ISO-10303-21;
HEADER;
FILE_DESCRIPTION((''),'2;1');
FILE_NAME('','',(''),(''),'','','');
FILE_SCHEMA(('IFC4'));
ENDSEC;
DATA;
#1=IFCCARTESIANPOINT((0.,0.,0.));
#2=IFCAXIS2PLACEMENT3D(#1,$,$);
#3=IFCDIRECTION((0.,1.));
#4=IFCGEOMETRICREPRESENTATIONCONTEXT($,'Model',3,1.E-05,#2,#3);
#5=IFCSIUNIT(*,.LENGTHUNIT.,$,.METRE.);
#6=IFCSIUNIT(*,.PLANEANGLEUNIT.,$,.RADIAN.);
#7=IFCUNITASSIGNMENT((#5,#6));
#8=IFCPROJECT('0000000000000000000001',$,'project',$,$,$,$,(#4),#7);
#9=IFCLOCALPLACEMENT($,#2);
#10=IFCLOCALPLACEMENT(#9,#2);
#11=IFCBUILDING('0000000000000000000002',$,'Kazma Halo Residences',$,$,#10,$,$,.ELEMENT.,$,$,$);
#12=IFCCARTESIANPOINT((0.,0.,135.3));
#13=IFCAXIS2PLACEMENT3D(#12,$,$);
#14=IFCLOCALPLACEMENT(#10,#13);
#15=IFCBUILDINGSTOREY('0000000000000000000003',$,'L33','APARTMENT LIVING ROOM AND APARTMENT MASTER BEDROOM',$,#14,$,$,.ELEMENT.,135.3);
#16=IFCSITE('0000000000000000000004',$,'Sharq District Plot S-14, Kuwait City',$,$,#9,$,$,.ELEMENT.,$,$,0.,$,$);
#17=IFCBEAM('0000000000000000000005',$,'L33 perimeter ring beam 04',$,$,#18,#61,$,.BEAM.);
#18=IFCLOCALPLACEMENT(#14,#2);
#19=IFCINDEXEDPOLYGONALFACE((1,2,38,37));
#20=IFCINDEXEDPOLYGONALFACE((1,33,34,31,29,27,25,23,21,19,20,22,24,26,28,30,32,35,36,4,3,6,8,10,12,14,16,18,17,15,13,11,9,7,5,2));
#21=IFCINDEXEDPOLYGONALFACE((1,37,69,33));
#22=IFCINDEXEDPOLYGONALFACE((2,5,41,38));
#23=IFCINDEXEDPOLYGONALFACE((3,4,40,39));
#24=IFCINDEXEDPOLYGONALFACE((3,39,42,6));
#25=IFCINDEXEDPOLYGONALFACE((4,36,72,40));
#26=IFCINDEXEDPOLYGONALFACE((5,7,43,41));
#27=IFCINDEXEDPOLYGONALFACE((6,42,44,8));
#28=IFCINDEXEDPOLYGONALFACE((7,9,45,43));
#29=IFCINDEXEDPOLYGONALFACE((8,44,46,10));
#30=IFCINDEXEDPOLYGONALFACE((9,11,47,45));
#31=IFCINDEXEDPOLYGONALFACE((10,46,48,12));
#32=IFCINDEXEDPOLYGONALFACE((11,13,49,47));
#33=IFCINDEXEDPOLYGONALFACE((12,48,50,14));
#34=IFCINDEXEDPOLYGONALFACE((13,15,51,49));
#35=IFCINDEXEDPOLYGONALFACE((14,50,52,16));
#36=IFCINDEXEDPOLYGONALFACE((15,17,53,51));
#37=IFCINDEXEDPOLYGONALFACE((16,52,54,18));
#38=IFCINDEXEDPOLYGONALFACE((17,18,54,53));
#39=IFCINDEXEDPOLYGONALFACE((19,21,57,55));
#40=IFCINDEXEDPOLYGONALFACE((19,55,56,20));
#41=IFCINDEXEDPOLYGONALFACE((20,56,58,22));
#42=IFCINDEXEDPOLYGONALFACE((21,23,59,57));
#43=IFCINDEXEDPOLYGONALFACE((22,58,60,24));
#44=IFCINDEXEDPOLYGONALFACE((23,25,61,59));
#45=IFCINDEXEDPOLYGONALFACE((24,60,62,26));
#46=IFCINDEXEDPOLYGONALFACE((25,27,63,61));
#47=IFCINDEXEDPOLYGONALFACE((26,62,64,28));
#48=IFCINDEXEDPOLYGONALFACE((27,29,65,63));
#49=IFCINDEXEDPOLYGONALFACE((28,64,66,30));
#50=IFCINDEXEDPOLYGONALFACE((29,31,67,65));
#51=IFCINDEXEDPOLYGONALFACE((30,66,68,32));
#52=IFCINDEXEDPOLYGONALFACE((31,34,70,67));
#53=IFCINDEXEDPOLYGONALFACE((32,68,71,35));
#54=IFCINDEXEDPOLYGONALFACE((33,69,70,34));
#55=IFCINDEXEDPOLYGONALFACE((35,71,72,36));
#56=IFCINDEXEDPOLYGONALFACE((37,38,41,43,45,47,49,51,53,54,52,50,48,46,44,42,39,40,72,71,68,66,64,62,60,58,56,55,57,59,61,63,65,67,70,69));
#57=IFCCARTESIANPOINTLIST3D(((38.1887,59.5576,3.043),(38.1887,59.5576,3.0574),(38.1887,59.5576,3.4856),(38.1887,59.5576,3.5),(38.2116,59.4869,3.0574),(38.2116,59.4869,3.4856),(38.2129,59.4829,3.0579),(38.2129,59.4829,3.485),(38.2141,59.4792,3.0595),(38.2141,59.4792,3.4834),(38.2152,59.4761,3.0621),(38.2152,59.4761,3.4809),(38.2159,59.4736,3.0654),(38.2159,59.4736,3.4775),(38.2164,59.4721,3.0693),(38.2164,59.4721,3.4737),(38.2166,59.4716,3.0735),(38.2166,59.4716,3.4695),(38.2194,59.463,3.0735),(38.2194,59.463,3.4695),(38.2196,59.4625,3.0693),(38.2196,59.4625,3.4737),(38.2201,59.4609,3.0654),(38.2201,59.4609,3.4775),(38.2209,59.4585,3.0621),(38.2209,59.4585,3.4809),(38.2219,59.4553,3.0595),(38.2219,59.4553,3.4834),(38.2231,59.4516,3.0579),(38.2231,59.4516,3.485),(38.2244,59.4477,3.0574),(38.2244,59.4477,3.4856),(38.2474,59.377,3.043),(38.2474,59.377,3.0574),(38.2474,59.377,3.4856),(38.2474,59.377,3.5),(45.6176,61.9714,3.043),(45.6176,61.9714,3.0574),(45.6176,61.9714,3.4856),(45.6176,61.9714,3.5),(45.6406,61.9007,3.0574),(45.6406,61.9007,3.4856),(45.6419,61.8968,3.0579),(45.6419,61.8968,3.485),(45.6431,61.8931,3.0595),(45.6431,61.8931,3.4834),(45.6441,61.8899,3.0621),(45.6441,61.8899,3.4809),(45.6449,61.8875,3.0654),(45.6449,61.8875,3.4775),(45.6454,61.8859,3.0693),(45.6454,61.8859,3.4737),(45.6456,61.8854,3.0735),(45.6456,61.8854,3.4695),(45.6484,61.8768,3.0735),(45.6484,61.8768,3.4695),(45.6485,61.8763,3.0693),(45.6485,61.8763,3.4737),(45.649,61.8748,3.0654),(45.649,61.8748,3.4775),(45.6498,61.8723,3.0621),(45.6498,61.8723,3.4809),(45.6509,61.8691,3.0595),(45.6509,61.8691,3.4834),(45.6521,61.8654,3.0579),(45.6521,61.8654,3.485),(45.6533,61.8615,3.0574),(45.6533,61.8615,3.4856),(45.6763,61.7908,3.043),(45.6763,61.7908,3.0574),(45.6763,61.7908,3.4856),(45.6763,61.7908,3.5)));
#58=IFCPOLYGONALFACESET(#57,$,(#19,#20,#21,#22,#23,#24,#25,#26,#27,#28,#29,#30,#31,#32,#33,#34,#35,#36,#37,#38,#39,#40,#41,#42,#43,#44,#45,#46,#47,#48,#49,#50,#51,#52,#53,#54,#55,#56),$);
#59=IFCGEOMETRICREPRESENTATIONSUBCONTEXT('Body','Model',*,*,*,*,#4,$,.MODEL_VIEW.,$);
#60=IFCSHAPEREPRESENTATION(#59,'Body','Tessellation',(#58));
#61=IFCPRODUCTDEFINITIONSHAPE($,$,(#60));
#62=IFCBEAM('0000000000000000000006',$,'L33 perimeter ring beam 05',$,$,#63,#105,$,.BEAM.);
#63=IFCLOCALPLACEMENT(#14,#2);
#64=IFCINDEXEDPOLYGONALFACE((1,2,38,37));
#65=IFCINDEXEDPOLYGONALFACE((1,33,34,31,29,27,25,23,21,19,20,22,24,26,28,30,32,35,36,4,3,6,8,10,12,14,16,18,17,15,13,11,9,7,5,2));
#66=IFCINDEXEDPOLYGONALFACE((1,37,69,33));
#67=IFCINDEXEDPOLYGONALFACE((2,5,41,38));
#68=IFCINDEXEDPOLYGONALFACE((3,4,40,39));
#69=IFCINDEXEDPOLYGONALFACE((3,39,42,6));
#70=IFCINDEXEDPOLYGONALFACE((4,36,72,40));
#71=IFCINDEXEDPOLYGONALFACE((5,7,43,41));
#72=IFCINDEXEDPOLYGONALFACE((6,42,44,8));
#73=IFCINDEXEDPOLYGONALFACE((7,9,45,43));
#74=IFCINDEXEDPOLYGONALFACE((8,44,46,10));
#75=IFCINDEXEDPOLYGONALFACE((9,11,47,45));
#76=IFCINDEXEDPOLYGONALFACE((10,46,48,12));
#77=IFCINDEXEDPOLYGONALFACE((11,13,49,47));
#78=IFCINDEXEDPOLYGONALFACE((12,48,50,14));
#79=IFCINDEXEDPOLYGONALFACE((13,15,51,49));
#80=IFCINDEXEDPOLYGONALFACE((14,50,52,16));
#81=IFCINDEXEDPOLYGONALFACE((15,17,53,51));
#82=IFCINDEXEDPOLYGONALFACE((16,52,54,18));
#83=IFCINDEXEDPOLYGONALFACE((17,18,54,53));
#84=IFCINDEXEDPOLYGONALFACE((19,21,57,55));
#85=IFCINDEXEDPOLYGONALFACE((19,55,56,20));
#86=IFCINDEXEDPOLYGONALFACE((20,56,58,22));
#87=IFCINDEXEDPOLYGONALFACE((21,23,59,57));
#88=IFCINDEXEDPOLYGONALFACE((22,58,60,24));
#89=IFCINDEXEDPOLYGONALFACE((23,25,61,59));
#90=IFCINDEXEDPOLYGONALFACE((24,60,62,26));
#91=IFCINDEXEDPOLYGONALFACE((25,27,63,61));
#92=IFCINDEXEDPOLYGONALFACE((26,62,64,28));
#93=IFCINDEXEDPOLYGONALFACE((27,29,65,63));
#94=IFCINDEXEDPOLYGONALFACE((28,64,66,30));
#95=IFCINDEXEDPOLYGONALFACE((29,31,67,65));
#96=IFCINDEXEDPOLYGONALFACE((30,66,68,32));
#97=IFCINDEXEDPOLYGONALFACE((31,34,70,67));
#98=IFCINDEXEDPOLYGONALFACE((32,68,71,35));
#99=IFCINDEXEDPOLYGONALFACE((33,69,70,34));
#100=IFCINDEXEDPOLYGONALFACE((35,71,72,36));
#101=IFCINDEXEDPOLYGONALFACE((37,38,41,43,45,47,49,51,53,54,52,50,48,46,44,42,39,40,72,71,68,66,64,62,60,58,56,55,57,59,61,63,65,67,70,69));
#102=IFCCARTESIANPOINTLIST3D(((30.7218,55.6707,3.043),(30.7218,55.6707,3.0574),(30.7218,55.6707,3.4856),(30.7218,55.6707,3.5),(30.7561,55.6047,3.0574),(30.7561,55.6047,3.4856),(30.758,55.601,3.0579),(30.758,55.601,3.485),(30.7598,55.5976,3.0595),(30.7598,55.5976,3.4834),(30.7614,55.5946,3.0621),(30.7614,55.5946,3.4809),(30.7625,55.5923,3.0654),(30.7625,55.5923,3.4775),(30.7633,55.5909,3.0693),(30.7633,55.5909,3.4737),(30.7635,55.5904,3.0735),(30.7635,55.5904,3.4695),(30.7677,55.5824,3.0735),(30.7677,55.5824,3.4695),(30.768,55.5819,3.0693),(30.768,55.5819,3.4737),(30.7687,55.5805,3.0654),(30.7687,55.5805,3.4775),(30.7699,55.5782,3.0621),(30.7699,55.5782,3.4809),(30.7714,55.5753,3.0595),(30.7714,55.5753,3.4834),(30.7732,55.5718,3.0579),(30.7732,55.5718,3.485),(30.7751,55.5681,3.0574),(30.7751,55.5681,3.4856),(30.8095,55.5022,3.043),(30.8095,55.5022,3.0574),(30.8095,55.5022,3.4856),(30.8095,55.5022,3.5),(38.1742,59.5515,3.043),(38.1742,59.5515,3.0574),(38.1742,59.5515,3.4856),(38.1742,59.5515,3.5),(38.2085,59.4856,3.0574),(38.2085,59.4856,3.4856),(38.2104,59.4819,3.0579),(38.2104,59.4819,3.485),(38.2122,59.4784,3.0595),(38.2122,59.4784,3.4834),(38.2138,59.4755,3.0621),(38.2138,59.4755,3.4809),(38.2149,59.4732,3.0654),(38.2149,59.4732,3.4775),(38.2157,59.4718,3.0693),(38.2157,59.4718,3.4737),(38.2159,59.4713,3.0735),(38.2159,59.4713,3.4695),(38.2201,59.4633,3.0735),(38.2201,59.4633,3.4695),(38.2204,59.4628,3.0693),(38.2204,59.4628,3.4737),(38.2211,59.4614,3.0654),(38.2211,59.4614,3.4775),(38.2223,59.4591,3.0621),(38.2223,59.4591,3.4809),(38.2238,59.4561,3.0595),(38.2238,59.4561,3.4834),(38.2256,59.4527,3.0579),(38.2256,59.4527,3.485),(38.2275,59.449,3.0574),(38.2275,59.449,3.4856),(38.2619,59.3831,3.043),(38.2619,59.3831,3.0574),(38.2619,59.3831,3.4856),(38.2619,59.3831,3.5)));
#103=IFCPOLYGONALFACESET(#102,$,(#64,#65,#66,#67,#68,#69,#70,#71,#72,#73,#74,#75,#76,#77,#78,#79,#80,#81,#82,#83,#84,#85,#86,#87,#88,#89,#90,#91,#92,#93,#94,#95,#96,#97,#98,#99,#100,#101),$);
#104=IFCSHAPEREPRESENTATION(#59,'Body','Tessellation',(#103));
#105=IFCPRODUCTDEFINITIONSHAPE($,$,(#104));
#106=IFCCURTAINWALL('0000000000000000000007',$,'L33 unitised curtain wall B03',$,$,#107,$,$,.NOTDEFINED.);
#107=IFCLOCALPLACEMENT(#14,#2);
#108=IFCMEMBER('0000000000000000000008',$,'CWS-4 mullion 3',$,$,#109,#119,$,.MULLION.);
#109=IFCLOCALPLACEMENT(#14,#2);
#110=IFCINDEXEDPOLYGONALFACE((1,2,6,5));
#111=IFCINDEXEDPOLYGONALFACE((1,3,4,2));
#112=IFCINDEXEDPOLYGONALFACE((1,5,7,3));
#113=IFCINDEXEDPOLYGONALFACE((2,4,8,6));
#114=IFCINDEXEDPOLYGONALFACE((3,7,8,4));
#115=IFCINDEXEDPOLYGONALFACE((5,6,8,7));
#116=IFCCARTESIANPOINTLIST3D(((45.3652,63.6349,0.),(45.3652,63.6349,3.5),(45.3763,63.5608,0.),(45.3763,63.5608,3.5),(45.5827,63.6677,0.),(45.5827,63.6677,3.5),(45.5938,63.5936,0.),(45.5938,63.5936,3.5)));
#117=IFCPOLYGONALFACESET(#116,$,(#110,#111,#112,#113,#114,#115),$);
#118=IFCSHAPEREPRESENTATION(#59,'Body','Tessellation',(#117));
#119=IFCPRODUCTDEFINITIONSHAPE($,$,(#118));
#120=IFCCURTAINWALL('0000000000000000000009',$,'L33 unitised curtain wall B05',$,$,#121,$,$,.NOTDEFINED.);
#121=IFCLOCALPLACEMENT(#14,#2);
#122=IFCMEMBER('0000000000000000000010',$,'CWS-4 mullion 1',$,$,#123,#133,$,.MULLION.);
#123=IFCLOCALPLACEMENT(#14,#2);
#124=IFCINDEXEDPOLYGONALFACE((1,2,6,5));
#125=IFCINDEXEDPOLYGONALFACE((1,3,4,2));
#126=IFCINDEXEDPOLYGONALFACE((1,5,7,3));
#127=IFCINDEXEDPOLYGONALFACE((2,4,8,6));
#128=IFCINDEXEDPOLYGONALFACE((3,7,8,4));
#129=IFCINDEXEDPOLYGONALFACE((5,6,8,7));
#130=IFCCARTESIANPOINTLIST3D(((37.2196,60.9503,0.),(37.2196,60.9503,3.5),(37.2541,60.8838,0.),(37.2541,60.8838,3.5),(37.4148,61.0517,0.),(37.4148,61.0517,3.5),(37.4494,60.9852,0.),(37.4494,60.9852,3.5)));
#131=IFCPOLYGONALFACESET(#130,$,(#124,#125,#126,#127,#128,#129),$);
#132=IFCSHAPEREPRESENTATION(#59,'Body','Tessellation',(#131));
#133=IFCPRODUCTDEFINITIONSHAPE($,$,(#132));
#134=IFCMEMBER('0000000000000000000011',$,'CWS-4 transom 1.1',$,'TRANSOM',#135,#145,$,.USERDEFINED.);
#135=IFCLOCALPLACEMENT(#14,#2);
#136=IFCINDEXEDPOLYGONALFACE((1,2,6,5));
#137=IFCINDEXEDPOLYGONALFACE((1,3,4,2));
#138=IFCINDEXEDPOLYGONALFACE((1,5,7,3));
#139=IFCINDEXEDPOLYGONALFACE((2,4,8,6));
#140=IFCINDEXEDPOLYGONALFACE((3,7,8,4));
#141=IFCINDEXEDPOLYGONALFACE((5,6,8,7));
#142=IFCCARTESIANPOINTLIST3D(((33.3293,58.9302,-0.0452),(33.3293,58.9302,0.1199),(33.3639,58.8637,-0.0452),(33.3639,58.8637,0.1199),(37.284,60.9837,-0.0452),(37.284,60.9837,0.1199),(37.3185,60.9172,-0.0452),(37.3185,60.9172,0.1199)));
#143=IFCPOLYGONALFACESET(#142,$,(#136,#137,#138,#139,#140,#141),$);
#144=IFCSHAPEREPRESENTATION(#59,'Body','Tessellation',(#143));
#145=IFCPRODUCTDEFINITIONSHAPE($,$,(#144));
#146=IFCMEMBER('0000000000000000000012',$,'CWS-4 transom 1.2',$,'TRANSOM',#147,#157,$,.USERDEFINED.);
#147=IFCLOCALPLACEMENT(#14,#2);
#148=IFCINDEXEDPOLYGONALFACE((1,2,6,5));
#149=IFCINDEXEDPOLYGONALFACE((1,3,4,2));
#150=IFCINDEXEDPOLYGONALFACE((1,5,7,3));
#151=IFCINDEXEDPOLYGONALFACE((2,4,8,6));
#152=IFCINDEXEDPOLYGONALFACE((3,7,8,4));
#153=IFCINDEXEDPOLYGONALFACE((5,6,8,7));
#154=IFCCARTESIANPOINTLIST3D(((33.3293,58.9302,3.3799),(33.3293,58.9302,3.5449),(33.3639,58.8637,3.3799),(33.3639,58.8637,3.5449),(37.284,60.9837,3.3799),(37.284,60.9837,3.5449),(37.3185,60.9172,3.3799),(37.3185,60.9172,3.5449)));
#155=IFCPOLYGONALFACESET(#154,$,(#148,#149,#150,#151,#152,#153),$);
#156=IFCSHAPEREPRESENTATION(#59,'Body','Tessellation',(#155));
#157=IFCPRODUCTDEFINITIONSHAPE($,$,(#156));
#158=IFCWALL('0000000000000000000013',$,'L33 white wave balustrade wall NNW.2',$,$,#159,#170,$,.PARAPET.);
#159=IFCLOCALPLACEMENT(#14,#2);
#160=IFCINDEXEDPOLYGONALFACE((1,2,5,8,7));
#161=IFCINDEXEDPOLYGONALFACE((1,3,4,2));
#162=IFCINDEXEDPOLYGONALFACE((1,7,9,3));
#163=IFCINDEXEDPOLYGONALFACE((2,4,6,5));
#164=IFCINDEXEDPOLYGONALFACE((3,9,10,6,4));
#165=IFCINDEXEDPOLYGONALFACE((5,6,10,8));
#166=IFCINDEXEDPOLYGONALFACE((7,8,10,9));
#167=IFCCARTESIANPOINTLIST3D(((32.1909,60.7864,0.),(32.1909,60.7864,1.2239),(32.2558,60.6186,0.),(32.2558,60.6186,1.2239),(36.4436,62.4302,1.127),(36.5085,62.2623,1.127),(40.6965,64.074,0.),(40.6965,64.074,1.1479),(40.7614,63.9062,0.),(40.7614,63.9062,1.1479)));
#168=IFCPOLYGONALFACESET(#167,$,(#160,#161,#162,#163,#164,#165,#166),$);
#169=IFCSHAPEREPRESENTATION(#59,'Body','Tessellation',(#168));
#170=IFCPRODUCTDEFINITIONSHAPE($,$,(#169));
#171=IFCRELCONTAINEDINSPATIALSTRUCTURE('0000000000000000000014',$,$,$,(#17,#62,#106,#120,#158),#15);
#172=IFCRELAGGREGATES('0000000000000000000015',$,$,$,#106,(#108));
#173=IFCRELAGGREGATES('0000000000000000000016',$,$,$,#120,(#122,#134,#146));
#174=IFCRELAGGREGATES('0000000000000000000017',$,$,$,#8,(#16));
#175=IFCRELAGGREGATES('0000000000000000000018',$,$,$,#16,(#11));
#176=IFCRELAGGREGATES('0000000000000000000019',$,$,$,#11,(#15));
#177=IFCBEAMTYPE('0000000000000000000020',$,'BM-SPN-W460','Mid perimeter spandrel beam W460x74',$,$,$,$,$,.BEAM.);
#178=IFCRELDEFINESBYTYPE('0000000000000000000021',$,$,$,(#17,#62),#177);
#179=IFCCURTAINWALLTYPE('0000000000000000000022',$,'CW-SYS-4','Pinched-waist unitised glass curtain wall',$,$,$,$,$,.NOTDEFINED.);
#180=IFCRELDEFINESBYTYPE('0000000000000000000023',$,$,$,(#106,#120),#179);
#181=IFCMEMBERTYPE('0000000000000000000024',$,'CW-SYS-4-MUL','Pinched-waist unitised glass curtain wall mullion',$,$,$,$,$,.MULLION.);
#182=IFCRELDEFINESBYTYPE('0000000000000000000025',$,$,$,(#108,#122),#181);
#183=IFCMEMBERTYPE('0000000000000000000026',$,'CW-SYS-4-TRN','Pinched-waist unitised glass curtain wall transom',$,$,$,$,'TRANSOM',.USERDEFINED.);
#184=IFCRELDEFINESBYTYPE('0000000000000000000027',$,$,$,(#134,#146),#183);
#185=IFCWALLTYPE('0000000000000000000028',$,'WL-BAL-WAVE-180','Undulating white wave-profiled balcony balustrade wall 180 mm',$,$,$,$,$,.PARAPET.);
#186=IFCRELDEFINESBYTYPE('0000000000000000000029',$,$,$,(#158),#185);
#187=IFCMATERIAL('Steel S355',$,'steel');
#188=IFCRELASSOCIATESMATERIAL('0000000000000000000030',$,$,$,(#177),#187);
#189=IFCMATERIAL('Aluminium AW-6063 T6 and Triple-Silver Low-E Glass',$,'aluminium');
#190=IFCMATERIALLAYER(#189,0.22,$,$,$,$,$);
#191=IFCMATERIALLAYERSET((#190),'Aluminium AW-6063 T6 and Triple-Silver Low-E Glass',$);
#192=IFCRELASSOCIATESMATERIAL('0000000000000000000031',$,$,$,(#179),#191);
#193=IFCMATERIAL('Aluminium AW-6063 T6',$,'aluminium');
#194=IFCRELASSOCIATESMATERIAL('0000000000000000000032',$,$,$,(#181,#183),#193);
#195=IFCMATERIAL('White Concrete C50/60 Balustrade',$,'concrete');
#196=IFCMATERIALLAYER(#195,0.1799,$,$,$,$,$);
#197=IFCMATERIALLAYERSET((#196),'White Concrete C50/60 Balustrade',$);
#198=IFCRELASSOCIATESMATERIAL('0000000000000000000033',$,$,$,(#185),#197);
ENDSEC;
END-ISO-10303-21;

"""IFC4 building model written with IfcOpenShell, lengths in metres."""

from ifc_helpers import new_model, si_unit, direction, frame, origin, origin_2d, place, context, subcontext, project, spatial, polyline, rectangle, i_section, outline, extrude, material, layer, layer_set, material_profile, profile_set, type_object, element, aggregate, save


model = new_model("IFC4")

# Units and contexts
model_context = context("Model", 3, precision=1e-05, world=origin(), true_north=direction((0.0, 1.0)))
body_context = subcontext(model_context, "Body", "Model", "MODEL_VIEW")
ifc_project = project(units=[si_unit("LENGTHUNIT", "METRE"), si_unit("PLANEANGLEUNIT", "RADIAN")], contexts=[model_context])

# Site, building, storey
site_placement = place(None, origin())
site = spatial("IfcSite", under=ifc_project, at=site_placement, Name="Sharq District Plot S-14, Kuwait City", CompositionType="ELEMENT", RefElevation=0.0)
building_placement = place(site_placement, origin())
building = spatial("IfcBuilding", under=site, at=building_placement, Name="Kazma Halo Residences", CompositionType="ELEMENT")
storey_placement = place(building_placement, frame((0.0, 0.0, 135.3)))
storey = spatial("IfcBuildingStorey", under=building, at=storey_placement, Name="L33", Description="APARTMENT LIVING ROOM AND APARTMENT MASTER BEDROOM", CompositionType="ELEMENT", Elevation=135.3)

# Beams
ifc_material_1 = material(Name="Steel S355", Category="steel")
ifc_material_profile_1 = material_profile(ifc_material_1, i_section(OverallWidth=0.1899, OverallDepth=0.457, WebThickness=0.009, FlangeThickness=0.0144, FilletRadius=0.0161, at=origin_2d()), Name="W460x74")
ifc_profile_set_1 = profile_set([ifc_material_profile_1], Name="Steel S355")
beam_type_1 = type_object("IfcBeamType", Name="BM-SPN-W460", Description="Mid perimeter spandrel beam W460x74", PredefinedType="BEAM", material=ifc_profile_set_1)
beam_1_placement = place(storey_placement, frame((45.647, 61.8811, 3.2715), z_axis=(-0.951056, -0.309018, 0.0), x_axis=(0.309018, -0.951056, 0.0)))
element("IfcBeam", 1, at=beam_1_placement, inside=storey, type_object=beam_type_1, Name="L33 perimeter ring beam 04", PredefinedType="BEAM", context=body_context, shape_type="SweptSolid", body=[
    extrude(i_section(OverallWidth=0.1899, OverallDepth=0.457, WebThickness=0.009, FlangeThickness=0.0144, FilletRadius=0.0161, at=origin_2d()), origin(), (0.0, 0.0, 1.0), 7.8113),
])
beam_2_placement = place(storey_placement, frame((38.218, 59.4673, 3.2715), z_axis=(-0.886943, -0.461879, 0.0), x_axis=(0.461879, -0.886943, 0.0)))
element("IfcBeam", 2, at=beam_2_placement, inside=storey, type_object=beam_type_1, Name="L33 perimeter ring beam 05", PredefinedType="BEAM", context=body_context, shape_type="SweptSolid", body=[
    extrude(i_section(OverallWidth=0.1899, OverallDepth=0.457, WebThickness=0.009, FlangeThickness=0.0144, FilletRadius=0.0161, at=origin_2d()), origin(), (0.0, 0.0, 1.0), 8.4023),
])

# Curtain wall, member
ifc_material_2 = material(Name="Aluminium AW-6063 T6 and Triple-Silver Low-E Glass", Category="aluminium")
ifc_layer_1 = layer(ifc_material_2, 0.22)
ifc_layer_set_1 = layer_set([ifc_layer_1], Name="Aluminium AW-6063 T6 and Triple-Silver Low-E Glass")
curtain_wall_type = type_object("IfcCurtainWallType", Name="CW-SYS-4", Description="Pinched-waist unitised glass curtain wall", PredefinedType="NOTDEFINED", material=ifc_layer_set_1)
curtain_wall_1_placement = place(storey_placement, origin())
curtain_wall_1 = element("IfcCurtainWall", 3, at=curtain_wall_1_placement, inside=storey, type_object=curtain_wall_type, Name="L33 unitised curtain wall B03", PredefinedType="NOTDEFINED")
ifc_material_3 = material(Name="Aluminium AW-6063 T6", Category="aluminium")
ifc_material_profile_2 = material_profile(ifc_material_3, rectangle(XDim=0.075, YDim=0.22, at=origin_2d()), Name="CWM-75x220")
ifc_profile_set_2 = profile_set([ifc_material_profile_2], Name="Aluminium AW-6063 T6")
member_type_1 = type_object("IfcMemberType", Name="CW-SYS-4-MUL", Description="Pinched-waist unitised glass curtain wall mullion", PredefinedType="MULLION", material=ifc_profile_set_2)
member_1_placement = place(storey_placement, frame((45.4795, 63.6143, 0.0), z_axis=(0.0, 0.0, 1.0), x_axis=(0.148821, -0.988864, 0.0)))
member_1 = element("IfcMember", 4, at=member_1_placement, type_object=member_type_1, Name="CWS-4 mullion 3", PredefinedType="MULLION", context=body_context, shape_type="SweptSolid", body=[
    extrude(rectangle(XDim=0.075, YDim=0.22, at=origin_2d()), origin(), (0.0, 0.0, 1.0), 3.5),
])
aggregate(curtain_wall_1, [member_1])

# Curtain wall, members
curtain_wall_2_placement = place(storey_placement, origin())
curtain_wall_2 = element("IfcCurtainWall", 5, at=curtain_wall_2_placement, inside=storey, type_object=curtain_wall_type, Name="L33 unitised curtain wall B05", PredefinedType="NOTDEFINED")
member_2_placement = place(storey_placement, frame((37.3345, 60.9678, 0.0), z_axis=(0.0, 0.0, 1.0), x_axis=(0.460837, -0.887485, 0.0)))
member_2 = element("IfcMember", 6, at=member_2_placement, type_object=member_type_1, Name="CWS-4 mullion 1", PredefinedType="MULLION", context=body_context, shape_type="SweptSolid", body=[
    extrude(rectangle(XDim=0.075, YDim=0.22, at=origin_2d()), origin(), (0.0, 0.0, 1.0), 3.5),
])
ifc_material_profile_3 = material_profile(ifc_material_3, rectangle(XDim=0.075, YDim=0.165, at=origin_2d()), Name="CWT-75x165")
ifc_profile_set_3 = profile_set([ifc_material_profile_3], Name="Aluminium AW-6063 T6")
member_type_2 = type_object("IfcMemberType", Name="CW-SYS-4-TRN", Description="Pinched-waist unitised glass curtain wall transom", ElementType="TRANSOM", PredefinedType="USERDEFINED", material=ifc_profile_set_3)
member_3_placement = place(storey_placement, frame((37.3013, 60.9504, 0.0374), z_axis=(-0.887485, -0.460837, 0.0), x_axis=(0.460837, -0.887485, 0.0)))
member_3 = element("IfcMember", 7, at=member_3_placement, type_object=member_type_2, Name="CWS-4 transom 1.1", ObjectType="TRANSOM", PredefinedType="USERDEFINED", context=body_context, shape_type="SweptSolid", body=[
    extrude(rectangle(XDim=0.075, YDim=0.165, at=origin_2d()), origin(), (0.0, 0.0, 1.0), 4.4561),
])
member_4_placement = place(storey_placement, frame((37.3013, 60.9504, 3.4624), z_axis=(-0.887485, -0.460837, 0.0), x_axis=(0.460837, -0.887485, 0.0)))
member_4 = element("IfcMember", 8, at=member_4_placement, type_object=member_type_2, Name="CWS-4 transom 1.2", ObjectType="TRANSOM", PredefinedType="USERDEFINED", context=body_context, shape_type="SweptSolid", body=[
    extrude(rectangle(XDim=0.075, YDim=0.165, at=origin_2d()), origin(), (0.0, 0.0, 1.0), 4.4561),
])
aggregate(curtain_wall_2, [member_2, member_3, member_4])

# Wall
ifc_material_4 = material(Name="White Concrete C50/60 Balustrade", Category="concrete")
ifc_layer_2 = layer(ifc_material_4, 0.1799)
ifc_layer_set_2 = layer_set([ifc_layer_2], Name="White Concrete C50/60 Balustrade")
wall_type_1 = type_object("IfcWallType", Name="WL-BAL-WAVE-180", Description="Undulating white wave-profiled balcony balustrade wall 180 mm", PredefinedType="PARAPET", material=ifc_layer_set_2)
wall_1_placement = place(storey_placement, frame((40.729, 63.99, 0.0), z_axis=(0.0, 0.0, 1.0), x_axis=(-0.932749, -0.360527, 0.0)))
element("IfcWall", 9, at=wall_1_placement, inside=storey, type_object=wall_type_1, Name="L33 white wave balustrade wall NNW.2", PredefinedType="PARAPET", context=body_context, shape_type="SweptSolid", body=[
    extrude(outline(polyline([(0.0, 0.0), (9.1189, 0.0), (9.1189, 1.2239), (4.5596, 1.127), (0.0, 1.1479), (0.0, 0.0)])), frame((0.0, 0.0898, 0.0), z_axis=(0.0, -1.0, 0.0), x_axis=(1.0, 0.0, 0.0)), (0.0, 0.0, 1.0), 0.1799),
])

save(model, "model.ifc")
